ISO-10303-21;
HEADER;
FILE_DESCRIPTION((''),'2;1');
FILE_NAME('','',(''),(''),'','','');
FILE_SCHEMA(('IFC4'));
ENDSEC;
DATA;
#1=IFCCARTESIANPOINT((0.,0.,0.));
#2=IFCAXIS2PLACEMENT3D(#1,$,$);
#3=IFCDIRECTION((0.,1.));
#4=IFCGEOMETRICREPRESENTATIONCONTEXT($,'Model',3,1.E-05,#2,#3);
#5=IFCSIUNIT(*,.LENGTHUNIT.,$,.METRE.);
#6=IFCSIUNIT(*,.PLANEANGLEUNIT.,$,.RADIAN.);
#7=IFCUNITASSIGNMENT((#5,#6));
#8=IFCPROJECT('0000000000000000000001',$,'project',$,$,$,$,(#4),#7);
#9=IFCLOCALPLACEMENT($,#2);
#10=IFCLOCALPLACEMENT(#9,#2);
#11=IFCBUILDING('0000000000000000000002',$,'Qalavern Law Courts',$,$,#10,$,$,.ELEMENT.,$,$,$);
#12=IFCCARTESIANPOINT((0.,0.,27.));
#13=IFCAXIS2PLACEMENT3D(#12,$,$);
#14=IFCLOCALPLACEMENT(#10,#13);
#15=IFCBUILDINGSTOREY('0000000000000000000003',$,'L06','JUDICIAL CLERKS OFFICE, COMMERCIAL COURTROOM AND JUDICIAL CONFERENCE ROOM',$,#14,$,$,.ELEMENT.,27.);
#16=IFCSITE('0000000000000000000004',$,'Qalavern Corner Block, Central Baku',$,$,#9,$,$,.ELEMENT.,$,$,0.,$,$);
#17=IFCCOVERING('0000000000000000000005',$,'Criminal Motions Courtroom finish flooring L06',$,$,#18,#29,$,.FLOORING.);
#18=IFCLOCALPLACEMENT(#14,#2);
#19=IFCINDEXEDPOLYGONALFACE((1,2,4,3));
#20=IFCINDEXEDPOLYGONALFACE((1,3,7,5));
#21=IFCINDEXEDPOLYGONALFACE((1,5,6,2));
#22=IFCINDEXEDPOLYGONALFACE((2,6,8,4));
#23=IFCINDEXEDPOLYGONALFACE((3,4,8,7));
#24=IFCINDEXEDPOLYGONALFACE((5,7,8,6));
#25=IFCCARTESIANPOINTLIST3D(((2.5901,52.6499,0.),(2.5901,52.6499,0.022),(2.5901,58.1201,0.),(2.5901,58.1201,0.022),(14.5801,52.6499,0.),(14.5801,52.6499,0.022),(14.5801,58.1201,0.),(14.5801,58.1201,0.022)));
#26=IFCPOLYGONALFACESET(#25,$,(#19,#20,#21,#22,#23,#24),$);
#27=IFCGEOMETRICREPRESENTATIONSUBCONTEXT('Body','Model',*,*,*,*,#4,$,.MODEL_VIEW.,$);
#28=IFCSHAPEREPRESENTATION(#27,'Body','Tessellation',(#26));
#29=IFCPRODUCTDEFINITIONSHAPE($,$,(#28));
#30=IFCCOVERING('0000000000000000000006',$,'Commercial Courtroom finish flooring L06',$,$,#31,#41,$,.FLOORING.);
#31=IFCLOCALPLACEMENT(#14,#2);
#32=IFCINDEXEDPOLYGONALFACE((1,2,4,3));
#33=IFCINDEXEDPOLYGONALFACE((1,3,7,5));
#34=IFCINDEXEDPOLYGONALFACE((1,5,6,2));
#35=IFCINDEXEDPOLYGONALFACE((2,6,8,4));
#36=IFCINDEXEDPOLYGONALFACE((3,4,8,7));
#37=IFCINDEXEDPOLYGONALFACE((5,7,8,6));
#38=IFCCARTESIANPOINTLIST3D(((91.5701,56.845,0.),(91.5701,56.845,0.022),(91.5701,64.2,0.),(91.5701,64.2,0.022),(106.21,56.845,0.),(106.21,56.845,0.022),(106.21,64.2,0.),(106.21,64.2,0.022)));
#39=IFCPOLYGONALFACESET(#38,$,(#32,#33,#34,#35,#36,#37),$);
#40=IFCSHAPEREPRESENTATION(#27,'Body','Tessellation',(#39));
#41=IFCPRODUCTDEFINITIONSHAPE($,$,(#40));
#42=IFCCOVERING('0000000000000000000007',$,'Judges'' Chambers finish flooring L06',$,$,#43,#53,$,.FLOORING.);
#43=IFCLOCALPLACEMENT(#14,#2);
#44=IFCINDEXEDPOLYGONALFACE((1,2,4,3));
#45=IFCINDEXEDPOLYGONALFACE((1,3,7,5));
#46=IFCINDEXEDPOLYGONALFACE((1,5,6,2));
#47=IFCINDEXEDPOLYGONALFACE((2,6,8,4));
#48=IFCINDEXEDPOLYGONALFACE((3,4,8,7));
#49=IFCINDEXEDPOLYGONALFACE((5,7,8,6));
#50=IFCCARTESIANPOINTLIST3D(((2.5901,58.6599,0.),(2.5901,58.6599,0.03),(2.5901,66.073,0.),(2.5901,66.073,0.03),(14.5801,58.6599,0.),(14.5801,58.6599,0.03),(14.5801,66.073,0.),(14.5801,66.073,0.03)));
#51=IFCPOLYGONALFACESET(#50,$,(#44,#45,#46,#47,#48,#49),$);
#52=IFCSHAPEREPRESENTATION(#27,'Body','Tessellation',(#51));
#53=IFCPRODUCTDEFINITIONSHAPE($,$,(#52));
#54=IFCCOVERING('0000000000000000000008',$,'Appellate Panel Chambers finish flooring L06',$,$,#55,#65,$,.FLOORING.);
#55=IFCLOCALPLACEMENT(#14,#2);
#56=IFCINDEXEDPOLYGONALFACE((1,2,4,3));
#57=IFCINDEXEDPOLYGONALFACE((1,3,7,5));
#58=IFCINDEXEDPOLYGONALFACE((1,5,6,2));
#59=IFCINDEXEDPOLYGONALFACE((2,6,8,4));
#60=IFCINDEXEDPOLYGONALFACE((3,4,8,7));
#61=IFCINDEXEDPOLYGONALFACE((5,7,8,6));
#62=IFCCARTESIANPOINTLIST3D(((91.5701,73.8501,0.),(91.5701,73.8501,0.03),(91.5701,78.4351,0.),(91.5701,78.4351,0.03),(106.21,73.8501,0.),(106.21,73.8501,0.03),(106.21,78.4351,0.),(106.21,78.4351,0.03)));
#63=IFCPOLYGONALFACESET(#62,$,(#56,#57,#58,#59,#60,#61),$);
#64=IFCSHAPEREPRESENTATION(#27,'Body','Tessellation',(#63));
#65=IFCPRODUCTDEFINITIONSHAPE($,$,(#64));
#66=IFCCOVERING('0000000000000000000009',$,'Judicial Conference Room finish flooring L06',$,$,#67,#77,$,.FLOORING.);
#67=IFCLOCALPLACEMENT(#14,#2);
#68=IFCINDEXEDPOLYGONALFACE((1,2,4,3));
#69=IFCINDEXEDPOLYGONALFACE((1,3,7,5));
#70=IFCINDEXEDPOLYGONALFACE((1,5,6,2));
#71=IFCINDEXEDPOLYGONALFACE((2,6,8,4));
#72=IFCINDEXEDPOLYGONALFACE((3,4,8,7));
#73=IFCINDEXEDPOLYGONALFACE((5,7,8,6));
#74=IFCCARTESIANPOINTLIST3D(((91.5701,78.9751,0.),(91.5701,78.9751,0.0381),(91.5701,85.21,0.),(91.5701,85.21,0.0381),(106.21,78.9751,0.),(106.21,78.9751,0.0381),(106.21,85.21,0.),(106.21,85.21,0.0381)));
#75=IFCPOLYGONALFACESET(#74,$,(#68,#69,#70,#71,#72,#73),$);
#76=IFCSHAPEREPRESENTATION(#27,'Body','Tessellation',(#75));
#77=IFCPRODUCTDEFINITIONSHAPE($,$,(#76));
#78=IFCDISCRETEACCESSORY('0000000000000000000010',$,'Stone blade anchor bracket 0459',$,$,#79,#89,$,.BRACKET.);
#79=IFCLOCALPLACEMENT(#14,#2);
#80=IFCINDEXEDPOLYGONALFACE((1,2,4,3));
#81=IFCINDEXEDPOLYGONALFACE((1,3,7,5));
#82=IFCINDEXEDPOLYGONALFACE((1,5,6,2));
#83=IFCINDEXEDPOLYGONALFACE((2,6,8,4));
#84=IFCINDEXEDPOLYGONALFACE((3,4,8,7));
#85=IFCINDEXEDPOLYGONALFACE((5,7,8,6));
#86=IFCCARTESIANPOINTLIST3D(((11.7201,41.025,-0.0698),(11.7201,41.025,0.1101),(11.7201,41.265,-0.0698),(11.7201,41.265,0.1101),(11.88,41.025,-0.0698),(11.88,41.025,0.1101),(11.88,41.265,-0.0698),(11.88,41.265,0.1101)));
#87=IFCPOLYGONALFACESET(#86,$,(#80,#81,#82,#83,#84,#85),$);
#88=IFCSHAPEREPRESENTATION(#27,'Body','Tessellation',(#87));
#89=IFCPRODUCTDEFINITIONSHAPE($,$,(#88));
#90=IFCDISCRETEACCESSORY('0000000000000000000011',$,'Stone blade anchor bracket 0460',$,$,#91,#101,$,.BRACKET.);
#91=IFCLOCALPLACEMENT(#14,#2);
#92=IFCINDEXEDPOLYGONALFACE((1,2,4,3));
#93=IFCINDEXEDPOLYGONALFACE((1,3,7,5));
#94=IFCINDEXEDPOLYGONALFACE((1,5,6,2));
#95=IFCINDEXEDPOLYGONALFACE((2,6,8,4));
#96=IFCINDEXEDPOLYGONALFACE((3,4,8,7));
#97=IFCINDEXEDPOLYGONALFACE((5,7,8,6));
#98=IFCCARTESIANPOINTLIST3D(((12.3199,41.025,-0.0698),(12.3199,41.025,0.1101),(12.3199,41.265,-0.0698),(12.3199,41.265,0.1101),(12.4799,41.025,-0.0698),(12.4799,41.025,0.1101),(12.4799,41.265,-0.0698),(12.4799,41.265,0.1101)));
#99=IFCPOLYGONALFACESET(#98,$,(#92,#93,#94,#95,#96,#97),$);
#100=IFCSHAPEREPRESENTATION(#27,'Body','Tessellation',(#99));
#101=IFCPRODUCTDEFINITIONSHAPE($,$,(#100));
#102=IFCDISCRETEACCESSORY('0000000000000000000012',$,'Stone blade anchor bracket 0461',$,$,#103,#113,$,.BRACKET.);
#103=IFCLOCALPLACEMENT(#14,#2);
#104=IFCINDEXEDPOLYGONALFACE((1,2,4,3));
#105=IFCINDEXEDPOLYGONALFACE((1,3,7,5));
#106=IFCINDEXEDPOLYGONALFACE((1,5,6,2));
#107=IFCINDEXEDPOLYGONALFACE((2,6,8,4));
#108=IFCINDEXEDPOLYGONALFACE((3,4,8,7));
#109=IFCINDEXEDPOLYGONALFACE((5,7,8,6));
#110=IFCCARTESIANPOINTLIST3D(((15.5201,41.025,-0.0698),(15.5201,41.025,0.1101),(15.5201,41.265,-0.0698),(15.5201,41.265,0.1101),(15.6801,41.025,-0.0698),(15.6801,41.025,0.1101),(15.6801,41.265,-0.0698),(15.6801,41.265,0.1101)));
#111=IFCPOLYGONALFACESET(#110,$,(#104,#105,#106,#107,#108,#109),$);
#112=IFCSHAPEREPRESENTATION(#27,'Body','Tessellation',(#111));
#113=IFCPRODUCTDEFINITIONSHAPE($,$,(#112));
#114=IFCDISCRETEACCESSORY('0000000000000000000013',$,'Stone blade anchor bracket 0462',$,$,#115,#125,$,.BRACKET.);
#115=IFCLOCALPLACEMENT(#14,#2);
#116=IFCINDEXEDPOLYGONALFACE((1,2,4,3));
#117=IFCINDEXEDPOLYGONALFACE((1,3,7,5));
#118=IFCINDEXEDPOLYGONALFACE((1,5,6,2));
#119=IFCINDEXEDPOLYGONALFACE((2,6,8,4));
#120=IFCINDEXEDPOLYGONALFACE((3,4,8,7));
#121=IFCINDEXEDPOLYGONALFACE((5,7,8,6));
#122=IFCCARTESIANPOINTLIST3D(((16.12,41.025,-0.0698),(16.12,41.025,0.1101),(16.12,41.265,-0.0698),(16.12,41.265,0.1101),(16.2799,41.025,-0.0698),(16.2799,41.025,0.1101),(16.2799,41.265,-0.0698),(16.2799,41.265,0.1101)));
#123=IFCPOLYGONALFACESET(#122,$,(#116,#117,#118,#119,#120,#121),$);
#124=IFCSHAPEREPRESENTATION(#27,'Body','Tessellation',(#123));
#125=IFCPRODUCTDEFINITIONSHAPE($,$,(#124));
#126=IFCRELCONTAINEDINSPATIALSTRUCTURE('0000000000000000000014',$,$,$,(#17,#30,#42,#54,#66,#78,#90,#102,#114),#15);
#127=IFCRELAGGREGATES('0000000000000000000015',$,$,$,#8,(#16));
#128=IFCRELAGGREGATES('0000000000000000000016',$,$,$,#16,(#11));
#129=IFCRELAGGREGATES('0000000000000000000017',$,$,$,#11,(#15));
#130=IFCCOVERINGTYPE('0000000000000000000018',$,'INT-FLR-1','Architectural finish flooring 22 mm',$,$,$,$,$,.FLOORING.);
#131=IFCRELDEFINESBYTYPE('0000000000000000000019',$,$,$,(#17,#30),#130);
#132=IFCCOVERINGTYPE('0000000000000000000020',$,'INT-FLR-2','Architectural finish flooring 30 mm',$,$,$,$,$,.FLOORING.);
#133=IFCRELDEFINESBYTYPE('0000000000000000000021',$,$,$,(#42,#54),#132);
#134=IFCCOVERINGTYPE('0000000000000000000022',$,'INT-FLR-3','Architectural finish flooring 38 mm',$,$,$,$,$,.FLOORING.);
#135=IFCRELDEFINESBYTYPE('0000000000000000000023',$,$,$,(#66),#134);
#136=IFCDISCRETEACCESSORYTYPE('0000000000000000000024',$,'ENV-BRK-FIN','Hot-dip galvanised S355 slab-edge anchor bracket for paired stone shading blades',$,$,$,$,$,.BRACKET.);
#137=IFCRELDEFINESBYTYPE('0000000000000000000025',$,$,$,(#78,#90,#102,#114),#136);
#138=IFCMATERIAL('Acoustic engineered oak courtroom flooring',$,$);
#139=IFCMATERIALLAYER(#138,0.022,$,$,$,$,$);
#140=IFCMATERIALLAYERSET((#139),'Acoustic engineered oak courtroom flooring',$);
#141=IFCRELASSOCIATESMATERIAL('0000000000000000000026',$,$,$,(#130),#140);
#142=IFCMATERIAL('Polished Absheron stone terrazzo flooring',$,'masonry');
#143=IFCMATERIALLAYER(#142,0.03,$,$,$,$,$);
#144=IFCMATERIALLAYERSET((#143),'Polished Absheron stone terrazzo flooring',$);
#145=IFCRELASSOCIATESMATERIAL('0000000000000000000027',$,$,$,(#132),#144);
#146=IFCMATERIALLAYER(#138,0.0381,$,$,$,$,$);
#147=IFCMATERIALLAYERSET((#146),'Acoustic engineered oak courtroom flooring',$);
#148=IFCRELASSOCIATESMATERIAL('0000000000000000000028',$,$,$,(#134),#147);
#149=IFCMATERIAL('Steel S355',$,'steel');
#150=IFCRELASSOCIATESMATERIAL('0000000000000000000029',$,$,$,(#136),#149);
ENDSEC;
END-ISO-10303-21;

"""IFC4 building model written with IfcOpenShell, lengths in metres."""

from ifc_helpers import new_model, si_unit, direction, frame, origin, origin_2d, place, context, subcontext, project, spatial, polyline, rectangle, outline, extrude, material, layer, layer_set, type_object, element, save


model = new_model("IFC4")

# Units and contexts
model_context = context("Model", 3, precision=1e-05, world=origin(), true_north=direction((0.0, 1.0)))
body_context = subcontext(model_context, "Body", "Model", "MODEL_VIEW")
ifc_project = project(units=[si_unit("LENGTHUNIT", "METRE"), si_unit("PLANEANGLEUNIT", "RADIAN")], contexts=[model_context])

# Site, building, storey
site_placement = place(None, origin())
site = spatial("IfcSite", under=ifc_project, at=site_placement, Name="Qalavern Corner Block, Central Baku", CompositionType="ELEMENT", RefElevation=0.0)
building_placement = place(site_placement, origin())
building = spatial("IfcBuilding", under=site, at=building_placement, Name="Qalavern Law Courts", CompositionType="ELEMENT")
storey_placement = place(building_placement, frame((0.0, 0.0, 27.0)))
storey = spatial("IfcBuildingStorey", under=building, at=storey_placement, Name="L06", Description="JUDICIAL CLERKS OFFICE, COMMERCIAL COURTROOM AND JUDICIAL CONFERENCE ROOM", CompositionType="ELEMENT", Elevation=27.0)

# Coverings
ifc_material_1 = material(Name="Acoustic engineered oak courtroom flooring")
ifc_layer_1 = layer(ifc_material_1, 0.022)
ifc_layer_set_1 = layer_set([ifc_layer_1], Name="Acoustic engineered oak courtroom flooring")
covering_type_1 = type_object("IfcCoveringType", Name="INT-FLR-1", Description="Architectural finish flooring 22 mm", PredefinedType="FLOORING", material=ifc_layer_set_1)
covering_1_placement = place(storey_placement, origin())
element("IfcCovering", 1, at=covering_1_placement, inside=storey, type_object=covering_type_1, Name="Criminal Motions Courtroom finish flooring L06", PredefinedType="FLOORING", context=body_context, shape_type="SweptSolid", body=[
    extrude(outline(polyline([(2.5901, 52.6499), (14.5801, 52.6499), (14.5801, 58.1201), (2.5901, 58.1201), (2.5901, 52.6499)])), origin(), (0.0, 0.0, 1.0), 0.022),
])
covering_2_placement = place(storey_placement, origin())
element("IfcCovering", 2, at=covering_2_placement, inside=storey, type_object=covering_type_1, Name="Commercial Courtroom finish flooring L06", PredefinedType="FLOORING", context=body_context, shape_type="SweptSolid", body=[
    extrude(outline(polyline([(91.5701, 56.845), (106.21, 56.845), (106.21, 64.2), (91.5701, 64.2), (91.5701, 56.845)])), origin(), (0.0, 0.0, 1.0), 0.022),
])
ifc_material_2 = material(Name="Polished Absheron stone terrazzo flooring", Category="masonry")
ifc_layer_2 = layer(ifc_material_2, 0.03)
ifc_layer_set_2 = layer_set([ifc_layer_2], Name="Polished Absheron stone terrazzo flooring")
covering_type_2 = type_object("IfcCoveringType", Name="INT-FLR-2", Description="Architectural finish flooring 30 mm", PredefinedType="FLOORING", material=ifc_layer_set_2)
covering_3_placement = place(storey_placement, origin())
element("IfcCovering", 3, at=covering_3_placement, inside=storey, type_object=covering_type_2, Name="Judges' Chambers finish flooring L06", PredefinedType="FLOORING", context=body_context, shape_type="SweptSolid", body=[
    extrude(outline(polyline([(2.5901, 58.6599), (14.5801, 58.6599), (14.5801, 66.073), (2.5901, 66.073), (2.5901, 58.6599)])), origin(), (0.0, 0.0, 1.0), 0.03),
])
covering_4_placement = place(storey_placement, origin())
element("IfcCovering", 4, at=covering_4_placement, inside=storey, type_object=covering_type_2, Name="Appellate Panel Chambers finish flooring L06", PredefinedType="FLOORING", context=body_context, shape_type="SweptSolid", body=[
    extrude(outline(polyline([(91.5701, 73.8501), (106.21, 73.8501), (106.21, 78.4351), (91.5701, 78.4351), (91.5701, 73.8501)])), origin(), (0.0, 0.0, 1.0), 0.03),
])
ifc_layer_3 = layer(ifc_material_1, 0.0381)
ifc_layer_set_3 = layer_set([ifc_layer_3], Name="Acoustic engineered oak courtroom flooring")
covering_type_3 = type_object("IfcCoveringType", Name="INT-FLR-3", Description="Architectural finish flooring 38 mm", PredefinedType="FLOORING", material=ifc_layer_set_3)
covering_5_placement = place(storey_placement, origin())
element("IfcCovering", 5, at=covering_5_placement, inside=storey, type_object=covering_type_3, Name="Judicial Conference Room finish flooring L06", PredefinedType="FLOORING", context=body_context, shape_type="SweptSolid", body=[
    extrude(outline(polyline([(91.5701, 78.9751), (106.21, 78.9751), (106.21, 85.21), (91.5701, 85.21), (91.5701, 78.9751)])), origin(), (0.0, 0.0, 1.0), 0.0381),
])

# Discrete accessories
ifc_material_3 = material(Name="Steel S355", Category="steel")
discrete_accessory_type = type_object("IfcDiscreteAccessoryType", Name="ENV-BRK-FIN", Description="Hot-dip galvanised S355 slab-edge anchor bracket for paired stone shading blades", PredefinedType="BRACKET", material=ifc_material_3)
for number, where, z_axis, x_axis, name in (
    (6, (11.8, 41.145, -0.0698), (0.0, 0.0, 1.0), (0.0, -1.0, 0.0), "Stone blade anchor bracket 0459"),
    (7, (12.3999, 41.145, -0.0698), (0.0, 0.0, 1.0), (0.0, -1.0, 0.0), "Stone blade anchor bracket 0460"),
    (8, (15.6001, 41.145, -0.0698), (0.0, 0.0, 1.0), (0.0, -1.0, 0.0), "Stone blade anchor bracket 0461"),
    (9, (16.2, 41.145, -0.0698), (0.0, 0.0, 1.0), (0.0, -1.0, 0.0), "Stone blade anchor bracket 0462"),
):
    element("IfcDiscreteAccessory", number, at=place(storey_placement, frame(where, z_axis=z_axis, x_axis=x_axis)), inside=storey, type_object=discrete_accessory_type, Name=name, PredefinedType="BRACKET", context=body_context, shape_type="SweptSolid", body=[
        extrude(rectangle(XDim=0.24, YDim=0.1599, at=origin_2d()), origin(), (0.0, 0.0, 1.0), 0.1799),
    ])

save(model, "model.ifc")
